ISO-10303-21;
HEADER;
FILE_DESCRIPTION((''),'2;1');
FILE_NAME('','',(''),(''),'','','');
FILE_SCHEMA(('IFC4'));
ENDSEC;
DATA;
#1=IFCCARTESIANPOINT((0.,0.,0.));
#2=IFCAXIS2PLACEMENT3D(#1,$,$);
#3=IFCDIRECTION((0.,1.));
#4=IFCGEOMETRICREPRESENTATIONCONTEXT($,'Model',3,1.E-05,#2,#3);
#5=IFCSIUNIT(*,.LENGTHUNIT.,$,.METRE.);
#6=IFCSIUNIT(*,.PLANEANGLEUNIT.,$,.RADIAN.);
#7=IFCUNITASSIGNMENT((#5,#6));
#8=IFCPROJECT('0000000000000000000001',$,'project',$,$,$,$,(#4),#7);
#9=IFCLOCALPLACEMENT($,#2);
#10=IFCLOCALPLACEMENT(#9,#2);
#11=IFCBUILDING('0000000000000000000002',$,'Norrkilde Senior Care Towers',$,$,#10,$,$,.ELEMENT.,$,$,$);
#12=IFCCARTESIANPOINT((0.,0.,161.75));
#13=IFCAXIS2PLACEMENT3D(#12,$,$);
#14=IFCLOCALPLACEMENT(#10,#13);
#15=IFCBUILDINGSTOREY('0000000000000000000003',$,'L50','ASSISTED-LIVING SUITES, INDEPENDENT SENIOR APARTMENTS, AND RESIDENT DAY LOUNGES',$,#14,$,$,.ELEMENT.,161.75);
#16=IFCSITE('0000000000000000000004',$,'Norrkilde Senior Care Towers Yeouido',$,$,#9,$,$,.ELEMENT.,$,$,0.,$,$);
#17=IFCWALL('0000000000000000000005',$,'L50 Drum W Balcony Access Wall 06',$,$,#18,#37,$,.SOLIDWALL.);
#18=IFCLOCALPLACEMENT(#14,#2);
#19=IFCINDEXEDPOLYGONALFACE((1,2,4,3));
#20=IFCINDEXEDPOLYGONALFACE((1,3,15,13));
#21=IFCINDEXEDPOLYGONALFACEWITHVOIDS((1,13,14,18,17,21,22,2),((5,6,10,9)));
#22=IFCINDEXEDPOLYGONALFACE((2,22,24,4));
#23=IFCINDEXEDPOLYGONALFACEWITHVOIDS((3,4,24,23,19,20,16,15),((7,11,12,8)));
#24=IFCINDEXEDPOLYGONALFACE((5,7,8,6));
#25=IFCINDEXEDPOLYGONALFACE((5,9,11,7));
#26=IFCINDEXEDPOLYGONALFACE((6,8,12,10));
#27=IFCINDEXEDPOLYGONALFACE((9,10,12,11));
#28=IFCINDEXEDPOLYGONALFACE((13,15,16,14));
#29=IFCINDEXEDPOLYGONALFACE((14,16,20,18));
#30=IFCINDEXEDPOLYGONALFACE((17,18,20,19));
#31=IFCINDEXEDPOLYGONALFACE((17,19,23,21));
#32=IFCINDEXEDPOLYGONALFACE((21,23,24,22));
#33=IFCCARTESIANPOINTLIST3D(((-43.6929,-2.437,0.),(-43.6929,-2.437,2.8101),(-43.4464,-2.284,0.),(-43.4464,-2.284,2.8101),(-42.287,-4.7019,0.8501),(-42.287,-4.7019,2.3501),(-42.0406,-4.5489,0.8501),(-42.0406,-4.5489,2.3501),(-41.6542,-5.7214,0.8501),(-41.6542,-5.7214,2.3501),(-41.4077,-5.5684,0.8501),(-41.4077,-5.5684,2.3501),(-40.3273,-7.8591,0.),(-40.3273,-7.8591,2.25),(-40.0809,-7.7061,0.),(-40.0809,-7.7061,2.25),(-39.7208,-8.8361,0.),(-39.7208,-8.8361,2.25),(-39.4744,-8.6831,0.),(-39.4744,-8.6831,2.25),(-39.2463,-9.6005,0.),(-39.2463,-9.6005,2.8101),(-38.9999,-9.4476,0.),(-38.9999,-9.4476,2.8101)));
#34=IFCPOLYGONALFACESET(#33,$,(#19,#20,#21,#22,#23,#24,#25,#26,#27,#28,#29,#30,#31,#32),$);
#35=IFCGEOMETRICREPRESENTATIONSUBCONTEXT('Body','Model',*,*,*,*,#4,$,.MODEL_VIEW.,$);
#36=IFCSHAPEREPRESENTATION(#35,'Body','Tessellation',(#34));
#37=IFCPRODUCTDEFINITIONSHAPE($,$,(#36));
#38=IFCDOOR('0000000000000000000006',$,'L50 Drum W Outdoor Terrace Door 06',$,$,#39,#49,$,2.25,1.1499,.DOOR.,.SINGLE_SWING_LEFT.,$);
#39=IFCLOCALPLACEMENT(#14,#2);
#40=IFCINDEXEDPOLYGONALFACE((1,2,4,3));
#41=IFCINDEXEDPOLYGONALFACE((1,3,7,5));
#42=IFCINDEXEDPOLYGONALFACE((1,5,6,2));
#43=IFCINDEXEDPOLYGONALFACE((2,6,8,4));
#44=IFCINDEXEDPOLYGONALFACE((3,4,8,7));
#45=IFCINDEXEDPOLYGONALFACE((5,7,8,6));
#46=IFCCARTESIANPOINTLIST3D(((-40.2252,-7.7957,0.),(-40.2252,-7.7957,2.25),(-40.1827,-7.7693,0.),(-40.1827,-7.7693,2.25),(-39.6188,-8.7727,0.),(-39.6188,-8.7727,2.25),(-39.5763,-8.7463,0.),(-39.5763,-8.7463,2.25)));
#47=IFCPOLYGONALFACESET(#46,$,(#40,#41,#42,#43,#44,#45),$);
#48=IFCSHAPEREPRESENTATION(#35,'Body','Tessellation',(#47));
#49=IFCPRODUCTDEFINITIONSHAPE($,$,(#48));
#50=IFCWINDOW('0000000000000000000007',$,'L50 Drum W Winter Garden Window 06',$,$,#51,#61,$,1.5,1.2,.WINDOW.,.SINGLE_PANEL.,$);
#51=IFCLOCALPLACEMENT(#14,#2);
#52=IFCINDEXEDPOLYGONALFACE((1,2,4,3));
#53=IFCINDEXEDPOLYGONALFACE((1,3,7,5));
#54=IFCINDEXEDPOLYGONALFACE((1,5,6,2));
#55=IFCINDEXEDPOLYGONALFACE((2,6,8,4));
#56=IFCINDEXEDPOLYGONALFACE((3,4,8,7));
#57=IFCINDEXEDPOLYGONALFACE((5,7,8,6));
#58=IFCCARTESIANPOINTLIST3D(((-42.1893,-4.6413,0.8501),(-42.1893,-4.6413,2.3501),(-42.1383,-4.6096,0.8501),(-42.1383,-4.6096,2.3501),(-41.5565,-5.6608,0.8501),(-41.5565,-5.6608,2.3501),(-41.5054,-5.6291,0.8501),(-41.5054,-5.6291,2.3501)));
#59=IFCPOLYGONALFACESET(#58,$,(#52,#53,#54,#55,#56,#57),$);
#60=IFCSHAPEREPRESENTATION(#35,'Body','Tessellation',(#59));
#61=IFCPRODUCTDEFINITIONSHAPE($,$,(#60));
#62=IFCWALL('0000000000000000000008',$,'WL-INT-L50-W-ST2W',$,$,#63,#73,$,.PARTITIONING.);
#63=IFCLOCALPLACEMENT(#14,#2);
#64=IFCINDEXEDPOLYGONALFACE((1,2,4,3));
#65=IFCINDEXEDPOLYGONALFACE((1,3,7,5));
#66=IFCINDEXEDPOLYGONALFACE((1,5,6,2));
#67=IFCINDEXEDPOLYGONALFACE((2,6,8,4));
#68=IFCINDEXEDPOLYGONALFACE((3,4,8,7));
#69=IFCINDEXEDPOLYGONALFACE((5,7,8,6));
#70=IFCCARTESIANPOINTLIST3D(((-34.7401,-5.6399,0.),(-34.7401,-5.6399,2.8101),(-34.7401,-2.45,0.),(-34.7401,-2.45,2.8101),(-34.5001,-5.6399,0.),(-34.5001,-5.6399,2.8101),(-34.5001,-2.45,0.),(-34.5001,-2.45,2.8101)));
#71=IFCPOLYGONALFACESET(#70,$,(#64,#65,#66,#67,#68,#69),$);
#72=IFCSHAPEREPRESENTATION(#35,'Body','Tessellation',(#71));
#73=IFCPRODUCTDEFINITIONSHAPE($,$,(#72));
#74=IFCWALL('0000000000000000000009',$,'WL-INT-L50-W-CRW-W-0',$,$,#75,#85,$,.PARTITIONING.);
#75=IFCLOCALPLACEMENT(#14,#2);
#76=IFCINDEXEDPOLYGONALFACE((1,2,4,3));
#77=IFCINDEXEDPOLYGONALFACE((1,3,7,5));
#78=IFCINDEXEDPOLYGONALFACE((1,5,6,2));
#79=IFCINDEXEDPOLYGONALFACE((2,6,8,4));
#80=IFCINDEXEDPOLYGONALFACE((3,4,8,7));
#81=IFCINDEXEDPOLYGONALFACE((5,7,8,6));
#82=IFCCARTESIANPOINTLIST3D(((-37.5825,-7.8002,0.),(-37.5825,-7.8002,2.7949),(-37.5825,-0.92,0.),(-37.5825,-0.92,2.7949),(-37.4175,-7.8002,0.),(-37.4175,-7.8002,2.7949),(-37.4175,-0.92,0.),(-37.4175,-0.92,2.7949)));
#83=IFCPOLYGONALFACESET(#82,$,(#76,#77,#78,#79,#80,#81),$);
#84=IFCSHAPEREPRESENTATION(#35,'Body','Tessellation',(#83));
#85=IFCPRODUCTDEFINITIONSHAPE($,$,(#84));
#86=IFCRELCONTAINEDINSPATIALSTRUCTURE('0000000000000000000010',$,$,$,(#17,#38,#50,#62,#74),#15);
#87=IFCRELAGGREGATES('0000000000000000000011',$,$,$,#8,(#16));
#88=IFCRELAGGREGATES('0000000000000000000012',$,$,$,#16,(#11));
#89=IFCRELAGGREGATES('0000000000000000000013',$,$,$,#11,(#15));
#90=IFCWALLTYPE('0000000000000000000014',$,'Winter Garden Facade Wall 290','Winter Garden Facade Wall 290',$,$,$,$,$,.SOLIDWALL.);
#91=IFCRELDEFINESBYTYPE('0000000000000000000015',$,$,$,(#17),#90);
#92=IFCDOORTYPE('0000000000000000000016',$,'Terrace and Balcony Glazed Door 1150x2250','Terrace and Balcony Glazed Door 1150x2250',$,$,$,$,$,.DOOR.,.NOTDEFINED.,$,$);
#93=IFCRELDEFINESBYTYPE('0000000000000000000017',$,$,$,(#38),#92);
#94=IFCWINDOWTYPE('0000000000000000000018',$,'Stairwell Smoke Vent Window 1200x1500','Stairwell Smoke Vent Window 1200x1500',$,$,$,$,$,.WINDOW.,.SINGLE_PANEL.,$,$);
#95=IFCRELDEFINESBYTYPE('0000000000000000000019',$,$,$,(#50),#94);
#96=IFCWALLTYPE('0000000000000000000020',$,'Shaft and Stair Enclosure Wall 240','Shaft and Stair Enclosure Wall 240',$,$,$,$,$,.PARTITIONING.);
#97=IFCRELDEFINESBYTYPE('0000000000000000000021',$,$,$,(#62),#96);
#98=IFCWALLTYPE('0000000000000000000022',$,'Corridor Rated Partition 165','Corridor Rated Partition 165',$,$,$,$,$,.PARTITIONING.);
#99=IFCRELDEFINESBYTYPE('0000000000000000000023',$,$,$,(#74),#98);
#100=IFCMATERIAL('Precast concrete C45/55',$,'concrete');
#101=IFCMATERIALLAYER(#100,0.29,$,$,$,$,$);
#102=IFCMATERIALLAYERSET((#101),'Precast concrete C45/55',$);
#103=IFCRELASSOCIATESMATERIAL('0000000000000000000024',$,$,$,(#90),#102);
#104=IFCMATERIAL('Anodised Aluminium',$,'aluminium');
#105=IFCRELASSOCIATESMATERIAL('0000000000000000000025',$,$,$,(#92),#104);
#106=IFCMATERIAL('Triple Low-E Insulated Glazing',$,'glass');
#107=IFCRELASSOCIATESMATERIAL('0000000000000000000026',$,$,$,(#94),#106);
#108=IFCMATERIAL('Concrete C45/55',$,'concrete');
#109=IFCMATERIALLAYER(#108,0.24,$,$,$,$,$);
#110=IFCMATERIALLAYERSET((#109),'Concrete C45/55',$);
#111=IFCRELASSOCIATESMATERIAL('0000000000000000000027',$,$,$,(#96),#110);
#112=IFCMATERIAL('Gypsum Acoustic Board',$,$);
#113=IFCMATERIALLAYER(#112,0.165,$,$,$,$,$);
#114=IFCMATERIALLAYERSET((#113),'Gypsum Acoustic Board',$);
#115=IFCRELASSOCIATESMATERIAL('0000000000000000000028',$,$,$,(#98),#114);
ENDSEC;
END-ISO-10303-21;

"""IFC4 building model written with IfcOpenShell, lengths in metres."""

from ifc_helpers import new_model, si_unit, direction, frame, frame_2d, origin, place, context, subcontext, project, spatial, rectangle, extrude, source, transform, mapped, material, layer, layer_set, type_object, type_shapes, element, fill, save


model = new_model("IFC4")

# Units and contexts
model_context = context("Model", 3, precision=1e-05, world=origin(), true_north=direction((0.0, 1.0)))
body_context = subcontext(model_context, "Body", "Model", "MODEL_VIEW")
ifc_project = project(units=[si_unit("LENGTHUNIT", "METRE"), si_unit("PLANEANGLEUNIT", "RADIAN")], contexts=[model_context])

# Site, building, storey
site_placement = place(None, origin())
site = spatial("IfcSite", under=ifc_project, at=site_placement, Name="Norrkilde Senior Care Towers Yeouido", CompositionType="ELEMENT", RefElevation=0.0)
building_placement = place(site_placement, origin())
building = spatial("IfcBuilding", under=site, at=building_placement, Name="Norrkilde Senior Care Towers", CompositionType="ELEMENT")
storey_placement = place(building_placement, frame((0.0, 0.0, 161.75)))
storey = spatial("IfcBuildingStorey", under=building, at=storey_placement, Name="L50", Description="ASSISTED-LIVING SUITES, INDEPENDENT SENIOR APARTMENTS, AND RESIDENT DAY LOUNGES", CompositionType="ELEMENT", Elevation=161.75)

# Shared definitions
ifc_material_1 = material(Name="Triple Low-E Insulated Glazing", Category="glass")
ifc_material_2 = material(Name="Anodised Aluminium", Category="aluminium")

# Wall, openings, door, window
ifc_material_3 = material(Name="Precast concrete C45/55", Category="concrete")
ifc_layer_1 = layer(ifc_material_3, 0.29)
ifc_layer_set_1 = layer_set([ifc_layer_1], Name="Precast concrete C45/55")
wall_type_1 = type_object("IfcWallType", Name="Winter Garden Facade Wall 290", Description="Winter Garden Facade Wall 290", PredefinedType="SOLIDWALL", material=ifc_layer_set_1)
shared_shape_1 = source(origin(), body_context, "Body", "SweptSolid", [
    extrude(rectangle(XDim=8.4314, YDim=0.29, at=frame_2d((4.2158, 0.0))), origin(), (0.0, 0.0, 1.0), 2.8101),
])
type_shapes(wall_type_1, [shared_shape_1])
wall_1_placement = place(storey_placement, frame((-39.123, -9.5242, 0.0), z_axis=(0.0, 0.0, 1.0), x_axis=(-0.527378, 0.849631, 0.0)))
wall_1 = element("IfcWall", 1, at=wall_1_placement, inside=storey, type_object=wall_type_1, Name="L50 Drum W Balcony Access Wall 06", PredefinedType="SOLIDWALL", context=body_context, shape_type="MappedRepresentation", body=[
    mapped(shared_shape_1, transform((0.0, 0.0, 0.0), x_axis=(1.0, 0.0, 0.0), y_axis=(0.0, 1.0, 0.0), z_axis=(0.0, 0.0, 1.0), scale=1.0)),
])
opening_1_placement = place(wall_1_placement, frame((0.8999, 0.0, 0.0)))
opening_1 = element("IfcOpeningElement", 2, at=opening_1_placement, cuts=wall_1, PredefinedType="OPENING", context=body_context, shape_type="SweptSolid", body=[
    extrude(rectangle(XDim=1.1499, YDim=2.25, at=frame_2d((0.575, 1.125))), frame((0.0, 0.155, 0.0), z_axis=(0.0, -1.0, 0.0), x_axis=(1.0, 0.0, 0.0)), (0.0, 0.0, 1.0), 0.3101),
])
opening_2_placement = place(wall_1_placement, frame((4.5657, 0.0, 0.8501)))
opening_2 = element("IfcOpeningElement", 3, at=opening_2_placement, cuts=wall_1, PredefinedType="OPENING", context=body_context, shape_type="SweptSolid", body=[
    extrude(rectangle(XDim=1.2, YDim=1.5, at=frame_2d((0.6001, 0.75))), frame((0.0, 0.155, 0.0), z_axis=(0.0, -1.0, 0.0), x_axis=(1.0, 0.0, 0.0)), (0.0, 0.0, 1.0), 0.3101),
])
door_type_1 = type_object("IfcDoorType", Name="Terrace and Balcony Glazed Door 1150x2250", Description="Terrace and Balcony Glazed Door 1150x2250", OperationType="NOTDEFINED", PredefinedType="DOOR", material=ifc_material_2)
shared_shape_2 = source(origin(), body_context, "Body", "SweptSolid", [
    extrude(rectangle(XDim=1.1499, YDim=2.25, at=frame_2d((0.575, 1.125))), frame((0.0, 0.0249, 0.0), z_axis=(0.0, -1.0, 0.0), x_axis=(1.0, 0.0, 0.0)), (0.0, 0.0, 1.0), 0.05),
])
type_shapes(door_type_1, [shared_shape_2])
door_1_placement = place(opening_1_placement, origin())
door_1 = element("IfcDoor", 4, at=door_1_placement, inside=storey, type_object=door_type_1, Name="L50 Drum W Outdoor Terrace Door 06", OperationType="SINGLE_SWING_LEFT", OverallHeight=2.25, OverallWidth=1.1499, PredefinedType="DOOR", context=body_context, shape_type="MappedRepresentation", body=[
    mapped(shared_shape_2, transform((0.0, 0.0, 0.0), x_axis=(1.0, 0.0, 0.0), y_axis=(0.0, 1.0, 0.0), z_axis=(0.0, 0.0, 1.0), scale=1.0)),
])
fill(opening_1, door_1)
window_type = type_object("IfcWindowType", Name="Stairwell Smoke Vent Window 1200x1500", Description="Stairwell Smoke Vent Window 1200x1500", PartitioningType="SINGLE_PANEL", PredefinedType="WINDOW", material=ifc_material_1)
shared_shape_3 = source(origin(), body_context, "Body", "SweptSolid", [
    extrude(rectangle(XDim=1.2, YDim=1.5, at=frame_2d((0.6001, 0.75))), frame((0.0, 0.03, 0.0), z_axis=(0.0, -1.0, 0.0), x_axis=(1.0, 0.0, 0.0)), (0.0, 0.0, 1.0), 0.0601),
])
type_shapes(window_type, [shared_shape_3])
window_placement = place(opening_2_placement, origin())
window = element("IfcWindow", 5, at=window_placement, inside=storey, type_object=window_type, Name="L50 Drum W Winter Garden Window 06", OverallHeight=1.5, OverallWidth=1.2, PartitioningType="SINGLE_PANEL", PredefinedType="WINDOW", context=body_context, shape_type="MappedRepresentation", body=[
    mapped(shared_shape_3, transform((0.0, 0.0, 0.0), x_axis=(1.0, 0.0, 0.0), y_axis=(0.0, 1.0, 0.0), z_axis=(0.0, 0.0, 1.0), scale=1.0)),
])
fill(opening_2, window)

# Walls
ifc_material_4 = material(Name="Concrete C45/55", Category="concrete")
ifc_layer_2 = layer(ifc_material_4, 0.24)
ifc_layer_set_2 = layer_set([ifc_layer_2], Name="Concrete C45/55")
wall_type_2 = type_object("IfcWallType", Name="Shaft and Stair Enclosure Wall 240", Description="Shaft and Stair Enclosure Wall 240", PredefinedType="PARTITIONING", material=ifc_layer_set_2)
shared_shape_4 = source(origin(), body_context, "Body", "SweptSolid", [
    extrude(rectangle(XDim=3.1899, YDim=0.24, at=frame_2d((1.595, 0.0))), origin(), (0.0, 0.0, 1.0), 2.8101),
])
type_shapes(wall_type_2, [shared_shape_4])
wall_2_placement = place(storey_placement, frame((-34.6201, -5.6399, 0.0), z_axis=(0.0, 0.0, 1.0), x_axis=(0.0, 1.0, 0.0)))
element("IfcWall", 6, at=wall_2_placement, inside=storey, type_object=wall_type_2, Name="WL-INT-L50-W-ST2W", PredefinedType="PARTITIONING", context=body_context, shape_type="MappedRepresentation", body=[
    mapped(shared_shape_4, transform((0.0, 0.0, 0.0), x_axis=(1.0, 0.0, 0.0), y_axis=(0.0, 1.0, 0.0), z_axis=(0.0, 0.0, 1.0), scale=1.0)),
])
ifc_material_5 = material(Name="Gypsum Acoustic Board")
ifc_layer_3 = layer(ifc_material_5, 0.165)
ifc_layer_set_3 = layer_set([ifc_layer_3], Name="Gypsum Acoustic Board")
wall_type_3 = type_object("IfcWallType", Name="Corridor Rated Partition 165", Description="Corridor Rated Partition 165", PredefinedType="PARTITIONING", material=ifc_layer_set_3)
shared_shape_5 = source(origin(), body_context, "Body", "SweptSolid", [
    extrude(rectangle(XDim=6.8801, YDim=0.165, at=frame_2d((3.4399, 0.0))), origin(), (0.0, 0.0, 1.0), 2.7949),
])
type_shapes(wall_type_3, [shared_shape_5])
wall_3_placement = place(storey_placement, frame((-37.5, -7.8, 0.0), z_axis=(0.0, 0.0, 1.0), x_axis=(0.0, 1.0, 0.0)))
element("IfcWall", 7, at=wall_3_placement, inside=storey, type_object=wall_type_3, Name="WL-INT-L50-W-CRW-W-0", PredefinedType="PARTITIONING", context=body_context, shape_type="MappedRepresentation", body=[
    mapped(shared_shape_5, transform((0.0, 0.0, 0.0), x_axis=(1.0, 0.0, 0.0), y_axis=(0.0, 1.0, 0.0), z_axis=(0.0, 0.0, 1.0), scale=1.0)),
])

save(model, "model.ifc")
